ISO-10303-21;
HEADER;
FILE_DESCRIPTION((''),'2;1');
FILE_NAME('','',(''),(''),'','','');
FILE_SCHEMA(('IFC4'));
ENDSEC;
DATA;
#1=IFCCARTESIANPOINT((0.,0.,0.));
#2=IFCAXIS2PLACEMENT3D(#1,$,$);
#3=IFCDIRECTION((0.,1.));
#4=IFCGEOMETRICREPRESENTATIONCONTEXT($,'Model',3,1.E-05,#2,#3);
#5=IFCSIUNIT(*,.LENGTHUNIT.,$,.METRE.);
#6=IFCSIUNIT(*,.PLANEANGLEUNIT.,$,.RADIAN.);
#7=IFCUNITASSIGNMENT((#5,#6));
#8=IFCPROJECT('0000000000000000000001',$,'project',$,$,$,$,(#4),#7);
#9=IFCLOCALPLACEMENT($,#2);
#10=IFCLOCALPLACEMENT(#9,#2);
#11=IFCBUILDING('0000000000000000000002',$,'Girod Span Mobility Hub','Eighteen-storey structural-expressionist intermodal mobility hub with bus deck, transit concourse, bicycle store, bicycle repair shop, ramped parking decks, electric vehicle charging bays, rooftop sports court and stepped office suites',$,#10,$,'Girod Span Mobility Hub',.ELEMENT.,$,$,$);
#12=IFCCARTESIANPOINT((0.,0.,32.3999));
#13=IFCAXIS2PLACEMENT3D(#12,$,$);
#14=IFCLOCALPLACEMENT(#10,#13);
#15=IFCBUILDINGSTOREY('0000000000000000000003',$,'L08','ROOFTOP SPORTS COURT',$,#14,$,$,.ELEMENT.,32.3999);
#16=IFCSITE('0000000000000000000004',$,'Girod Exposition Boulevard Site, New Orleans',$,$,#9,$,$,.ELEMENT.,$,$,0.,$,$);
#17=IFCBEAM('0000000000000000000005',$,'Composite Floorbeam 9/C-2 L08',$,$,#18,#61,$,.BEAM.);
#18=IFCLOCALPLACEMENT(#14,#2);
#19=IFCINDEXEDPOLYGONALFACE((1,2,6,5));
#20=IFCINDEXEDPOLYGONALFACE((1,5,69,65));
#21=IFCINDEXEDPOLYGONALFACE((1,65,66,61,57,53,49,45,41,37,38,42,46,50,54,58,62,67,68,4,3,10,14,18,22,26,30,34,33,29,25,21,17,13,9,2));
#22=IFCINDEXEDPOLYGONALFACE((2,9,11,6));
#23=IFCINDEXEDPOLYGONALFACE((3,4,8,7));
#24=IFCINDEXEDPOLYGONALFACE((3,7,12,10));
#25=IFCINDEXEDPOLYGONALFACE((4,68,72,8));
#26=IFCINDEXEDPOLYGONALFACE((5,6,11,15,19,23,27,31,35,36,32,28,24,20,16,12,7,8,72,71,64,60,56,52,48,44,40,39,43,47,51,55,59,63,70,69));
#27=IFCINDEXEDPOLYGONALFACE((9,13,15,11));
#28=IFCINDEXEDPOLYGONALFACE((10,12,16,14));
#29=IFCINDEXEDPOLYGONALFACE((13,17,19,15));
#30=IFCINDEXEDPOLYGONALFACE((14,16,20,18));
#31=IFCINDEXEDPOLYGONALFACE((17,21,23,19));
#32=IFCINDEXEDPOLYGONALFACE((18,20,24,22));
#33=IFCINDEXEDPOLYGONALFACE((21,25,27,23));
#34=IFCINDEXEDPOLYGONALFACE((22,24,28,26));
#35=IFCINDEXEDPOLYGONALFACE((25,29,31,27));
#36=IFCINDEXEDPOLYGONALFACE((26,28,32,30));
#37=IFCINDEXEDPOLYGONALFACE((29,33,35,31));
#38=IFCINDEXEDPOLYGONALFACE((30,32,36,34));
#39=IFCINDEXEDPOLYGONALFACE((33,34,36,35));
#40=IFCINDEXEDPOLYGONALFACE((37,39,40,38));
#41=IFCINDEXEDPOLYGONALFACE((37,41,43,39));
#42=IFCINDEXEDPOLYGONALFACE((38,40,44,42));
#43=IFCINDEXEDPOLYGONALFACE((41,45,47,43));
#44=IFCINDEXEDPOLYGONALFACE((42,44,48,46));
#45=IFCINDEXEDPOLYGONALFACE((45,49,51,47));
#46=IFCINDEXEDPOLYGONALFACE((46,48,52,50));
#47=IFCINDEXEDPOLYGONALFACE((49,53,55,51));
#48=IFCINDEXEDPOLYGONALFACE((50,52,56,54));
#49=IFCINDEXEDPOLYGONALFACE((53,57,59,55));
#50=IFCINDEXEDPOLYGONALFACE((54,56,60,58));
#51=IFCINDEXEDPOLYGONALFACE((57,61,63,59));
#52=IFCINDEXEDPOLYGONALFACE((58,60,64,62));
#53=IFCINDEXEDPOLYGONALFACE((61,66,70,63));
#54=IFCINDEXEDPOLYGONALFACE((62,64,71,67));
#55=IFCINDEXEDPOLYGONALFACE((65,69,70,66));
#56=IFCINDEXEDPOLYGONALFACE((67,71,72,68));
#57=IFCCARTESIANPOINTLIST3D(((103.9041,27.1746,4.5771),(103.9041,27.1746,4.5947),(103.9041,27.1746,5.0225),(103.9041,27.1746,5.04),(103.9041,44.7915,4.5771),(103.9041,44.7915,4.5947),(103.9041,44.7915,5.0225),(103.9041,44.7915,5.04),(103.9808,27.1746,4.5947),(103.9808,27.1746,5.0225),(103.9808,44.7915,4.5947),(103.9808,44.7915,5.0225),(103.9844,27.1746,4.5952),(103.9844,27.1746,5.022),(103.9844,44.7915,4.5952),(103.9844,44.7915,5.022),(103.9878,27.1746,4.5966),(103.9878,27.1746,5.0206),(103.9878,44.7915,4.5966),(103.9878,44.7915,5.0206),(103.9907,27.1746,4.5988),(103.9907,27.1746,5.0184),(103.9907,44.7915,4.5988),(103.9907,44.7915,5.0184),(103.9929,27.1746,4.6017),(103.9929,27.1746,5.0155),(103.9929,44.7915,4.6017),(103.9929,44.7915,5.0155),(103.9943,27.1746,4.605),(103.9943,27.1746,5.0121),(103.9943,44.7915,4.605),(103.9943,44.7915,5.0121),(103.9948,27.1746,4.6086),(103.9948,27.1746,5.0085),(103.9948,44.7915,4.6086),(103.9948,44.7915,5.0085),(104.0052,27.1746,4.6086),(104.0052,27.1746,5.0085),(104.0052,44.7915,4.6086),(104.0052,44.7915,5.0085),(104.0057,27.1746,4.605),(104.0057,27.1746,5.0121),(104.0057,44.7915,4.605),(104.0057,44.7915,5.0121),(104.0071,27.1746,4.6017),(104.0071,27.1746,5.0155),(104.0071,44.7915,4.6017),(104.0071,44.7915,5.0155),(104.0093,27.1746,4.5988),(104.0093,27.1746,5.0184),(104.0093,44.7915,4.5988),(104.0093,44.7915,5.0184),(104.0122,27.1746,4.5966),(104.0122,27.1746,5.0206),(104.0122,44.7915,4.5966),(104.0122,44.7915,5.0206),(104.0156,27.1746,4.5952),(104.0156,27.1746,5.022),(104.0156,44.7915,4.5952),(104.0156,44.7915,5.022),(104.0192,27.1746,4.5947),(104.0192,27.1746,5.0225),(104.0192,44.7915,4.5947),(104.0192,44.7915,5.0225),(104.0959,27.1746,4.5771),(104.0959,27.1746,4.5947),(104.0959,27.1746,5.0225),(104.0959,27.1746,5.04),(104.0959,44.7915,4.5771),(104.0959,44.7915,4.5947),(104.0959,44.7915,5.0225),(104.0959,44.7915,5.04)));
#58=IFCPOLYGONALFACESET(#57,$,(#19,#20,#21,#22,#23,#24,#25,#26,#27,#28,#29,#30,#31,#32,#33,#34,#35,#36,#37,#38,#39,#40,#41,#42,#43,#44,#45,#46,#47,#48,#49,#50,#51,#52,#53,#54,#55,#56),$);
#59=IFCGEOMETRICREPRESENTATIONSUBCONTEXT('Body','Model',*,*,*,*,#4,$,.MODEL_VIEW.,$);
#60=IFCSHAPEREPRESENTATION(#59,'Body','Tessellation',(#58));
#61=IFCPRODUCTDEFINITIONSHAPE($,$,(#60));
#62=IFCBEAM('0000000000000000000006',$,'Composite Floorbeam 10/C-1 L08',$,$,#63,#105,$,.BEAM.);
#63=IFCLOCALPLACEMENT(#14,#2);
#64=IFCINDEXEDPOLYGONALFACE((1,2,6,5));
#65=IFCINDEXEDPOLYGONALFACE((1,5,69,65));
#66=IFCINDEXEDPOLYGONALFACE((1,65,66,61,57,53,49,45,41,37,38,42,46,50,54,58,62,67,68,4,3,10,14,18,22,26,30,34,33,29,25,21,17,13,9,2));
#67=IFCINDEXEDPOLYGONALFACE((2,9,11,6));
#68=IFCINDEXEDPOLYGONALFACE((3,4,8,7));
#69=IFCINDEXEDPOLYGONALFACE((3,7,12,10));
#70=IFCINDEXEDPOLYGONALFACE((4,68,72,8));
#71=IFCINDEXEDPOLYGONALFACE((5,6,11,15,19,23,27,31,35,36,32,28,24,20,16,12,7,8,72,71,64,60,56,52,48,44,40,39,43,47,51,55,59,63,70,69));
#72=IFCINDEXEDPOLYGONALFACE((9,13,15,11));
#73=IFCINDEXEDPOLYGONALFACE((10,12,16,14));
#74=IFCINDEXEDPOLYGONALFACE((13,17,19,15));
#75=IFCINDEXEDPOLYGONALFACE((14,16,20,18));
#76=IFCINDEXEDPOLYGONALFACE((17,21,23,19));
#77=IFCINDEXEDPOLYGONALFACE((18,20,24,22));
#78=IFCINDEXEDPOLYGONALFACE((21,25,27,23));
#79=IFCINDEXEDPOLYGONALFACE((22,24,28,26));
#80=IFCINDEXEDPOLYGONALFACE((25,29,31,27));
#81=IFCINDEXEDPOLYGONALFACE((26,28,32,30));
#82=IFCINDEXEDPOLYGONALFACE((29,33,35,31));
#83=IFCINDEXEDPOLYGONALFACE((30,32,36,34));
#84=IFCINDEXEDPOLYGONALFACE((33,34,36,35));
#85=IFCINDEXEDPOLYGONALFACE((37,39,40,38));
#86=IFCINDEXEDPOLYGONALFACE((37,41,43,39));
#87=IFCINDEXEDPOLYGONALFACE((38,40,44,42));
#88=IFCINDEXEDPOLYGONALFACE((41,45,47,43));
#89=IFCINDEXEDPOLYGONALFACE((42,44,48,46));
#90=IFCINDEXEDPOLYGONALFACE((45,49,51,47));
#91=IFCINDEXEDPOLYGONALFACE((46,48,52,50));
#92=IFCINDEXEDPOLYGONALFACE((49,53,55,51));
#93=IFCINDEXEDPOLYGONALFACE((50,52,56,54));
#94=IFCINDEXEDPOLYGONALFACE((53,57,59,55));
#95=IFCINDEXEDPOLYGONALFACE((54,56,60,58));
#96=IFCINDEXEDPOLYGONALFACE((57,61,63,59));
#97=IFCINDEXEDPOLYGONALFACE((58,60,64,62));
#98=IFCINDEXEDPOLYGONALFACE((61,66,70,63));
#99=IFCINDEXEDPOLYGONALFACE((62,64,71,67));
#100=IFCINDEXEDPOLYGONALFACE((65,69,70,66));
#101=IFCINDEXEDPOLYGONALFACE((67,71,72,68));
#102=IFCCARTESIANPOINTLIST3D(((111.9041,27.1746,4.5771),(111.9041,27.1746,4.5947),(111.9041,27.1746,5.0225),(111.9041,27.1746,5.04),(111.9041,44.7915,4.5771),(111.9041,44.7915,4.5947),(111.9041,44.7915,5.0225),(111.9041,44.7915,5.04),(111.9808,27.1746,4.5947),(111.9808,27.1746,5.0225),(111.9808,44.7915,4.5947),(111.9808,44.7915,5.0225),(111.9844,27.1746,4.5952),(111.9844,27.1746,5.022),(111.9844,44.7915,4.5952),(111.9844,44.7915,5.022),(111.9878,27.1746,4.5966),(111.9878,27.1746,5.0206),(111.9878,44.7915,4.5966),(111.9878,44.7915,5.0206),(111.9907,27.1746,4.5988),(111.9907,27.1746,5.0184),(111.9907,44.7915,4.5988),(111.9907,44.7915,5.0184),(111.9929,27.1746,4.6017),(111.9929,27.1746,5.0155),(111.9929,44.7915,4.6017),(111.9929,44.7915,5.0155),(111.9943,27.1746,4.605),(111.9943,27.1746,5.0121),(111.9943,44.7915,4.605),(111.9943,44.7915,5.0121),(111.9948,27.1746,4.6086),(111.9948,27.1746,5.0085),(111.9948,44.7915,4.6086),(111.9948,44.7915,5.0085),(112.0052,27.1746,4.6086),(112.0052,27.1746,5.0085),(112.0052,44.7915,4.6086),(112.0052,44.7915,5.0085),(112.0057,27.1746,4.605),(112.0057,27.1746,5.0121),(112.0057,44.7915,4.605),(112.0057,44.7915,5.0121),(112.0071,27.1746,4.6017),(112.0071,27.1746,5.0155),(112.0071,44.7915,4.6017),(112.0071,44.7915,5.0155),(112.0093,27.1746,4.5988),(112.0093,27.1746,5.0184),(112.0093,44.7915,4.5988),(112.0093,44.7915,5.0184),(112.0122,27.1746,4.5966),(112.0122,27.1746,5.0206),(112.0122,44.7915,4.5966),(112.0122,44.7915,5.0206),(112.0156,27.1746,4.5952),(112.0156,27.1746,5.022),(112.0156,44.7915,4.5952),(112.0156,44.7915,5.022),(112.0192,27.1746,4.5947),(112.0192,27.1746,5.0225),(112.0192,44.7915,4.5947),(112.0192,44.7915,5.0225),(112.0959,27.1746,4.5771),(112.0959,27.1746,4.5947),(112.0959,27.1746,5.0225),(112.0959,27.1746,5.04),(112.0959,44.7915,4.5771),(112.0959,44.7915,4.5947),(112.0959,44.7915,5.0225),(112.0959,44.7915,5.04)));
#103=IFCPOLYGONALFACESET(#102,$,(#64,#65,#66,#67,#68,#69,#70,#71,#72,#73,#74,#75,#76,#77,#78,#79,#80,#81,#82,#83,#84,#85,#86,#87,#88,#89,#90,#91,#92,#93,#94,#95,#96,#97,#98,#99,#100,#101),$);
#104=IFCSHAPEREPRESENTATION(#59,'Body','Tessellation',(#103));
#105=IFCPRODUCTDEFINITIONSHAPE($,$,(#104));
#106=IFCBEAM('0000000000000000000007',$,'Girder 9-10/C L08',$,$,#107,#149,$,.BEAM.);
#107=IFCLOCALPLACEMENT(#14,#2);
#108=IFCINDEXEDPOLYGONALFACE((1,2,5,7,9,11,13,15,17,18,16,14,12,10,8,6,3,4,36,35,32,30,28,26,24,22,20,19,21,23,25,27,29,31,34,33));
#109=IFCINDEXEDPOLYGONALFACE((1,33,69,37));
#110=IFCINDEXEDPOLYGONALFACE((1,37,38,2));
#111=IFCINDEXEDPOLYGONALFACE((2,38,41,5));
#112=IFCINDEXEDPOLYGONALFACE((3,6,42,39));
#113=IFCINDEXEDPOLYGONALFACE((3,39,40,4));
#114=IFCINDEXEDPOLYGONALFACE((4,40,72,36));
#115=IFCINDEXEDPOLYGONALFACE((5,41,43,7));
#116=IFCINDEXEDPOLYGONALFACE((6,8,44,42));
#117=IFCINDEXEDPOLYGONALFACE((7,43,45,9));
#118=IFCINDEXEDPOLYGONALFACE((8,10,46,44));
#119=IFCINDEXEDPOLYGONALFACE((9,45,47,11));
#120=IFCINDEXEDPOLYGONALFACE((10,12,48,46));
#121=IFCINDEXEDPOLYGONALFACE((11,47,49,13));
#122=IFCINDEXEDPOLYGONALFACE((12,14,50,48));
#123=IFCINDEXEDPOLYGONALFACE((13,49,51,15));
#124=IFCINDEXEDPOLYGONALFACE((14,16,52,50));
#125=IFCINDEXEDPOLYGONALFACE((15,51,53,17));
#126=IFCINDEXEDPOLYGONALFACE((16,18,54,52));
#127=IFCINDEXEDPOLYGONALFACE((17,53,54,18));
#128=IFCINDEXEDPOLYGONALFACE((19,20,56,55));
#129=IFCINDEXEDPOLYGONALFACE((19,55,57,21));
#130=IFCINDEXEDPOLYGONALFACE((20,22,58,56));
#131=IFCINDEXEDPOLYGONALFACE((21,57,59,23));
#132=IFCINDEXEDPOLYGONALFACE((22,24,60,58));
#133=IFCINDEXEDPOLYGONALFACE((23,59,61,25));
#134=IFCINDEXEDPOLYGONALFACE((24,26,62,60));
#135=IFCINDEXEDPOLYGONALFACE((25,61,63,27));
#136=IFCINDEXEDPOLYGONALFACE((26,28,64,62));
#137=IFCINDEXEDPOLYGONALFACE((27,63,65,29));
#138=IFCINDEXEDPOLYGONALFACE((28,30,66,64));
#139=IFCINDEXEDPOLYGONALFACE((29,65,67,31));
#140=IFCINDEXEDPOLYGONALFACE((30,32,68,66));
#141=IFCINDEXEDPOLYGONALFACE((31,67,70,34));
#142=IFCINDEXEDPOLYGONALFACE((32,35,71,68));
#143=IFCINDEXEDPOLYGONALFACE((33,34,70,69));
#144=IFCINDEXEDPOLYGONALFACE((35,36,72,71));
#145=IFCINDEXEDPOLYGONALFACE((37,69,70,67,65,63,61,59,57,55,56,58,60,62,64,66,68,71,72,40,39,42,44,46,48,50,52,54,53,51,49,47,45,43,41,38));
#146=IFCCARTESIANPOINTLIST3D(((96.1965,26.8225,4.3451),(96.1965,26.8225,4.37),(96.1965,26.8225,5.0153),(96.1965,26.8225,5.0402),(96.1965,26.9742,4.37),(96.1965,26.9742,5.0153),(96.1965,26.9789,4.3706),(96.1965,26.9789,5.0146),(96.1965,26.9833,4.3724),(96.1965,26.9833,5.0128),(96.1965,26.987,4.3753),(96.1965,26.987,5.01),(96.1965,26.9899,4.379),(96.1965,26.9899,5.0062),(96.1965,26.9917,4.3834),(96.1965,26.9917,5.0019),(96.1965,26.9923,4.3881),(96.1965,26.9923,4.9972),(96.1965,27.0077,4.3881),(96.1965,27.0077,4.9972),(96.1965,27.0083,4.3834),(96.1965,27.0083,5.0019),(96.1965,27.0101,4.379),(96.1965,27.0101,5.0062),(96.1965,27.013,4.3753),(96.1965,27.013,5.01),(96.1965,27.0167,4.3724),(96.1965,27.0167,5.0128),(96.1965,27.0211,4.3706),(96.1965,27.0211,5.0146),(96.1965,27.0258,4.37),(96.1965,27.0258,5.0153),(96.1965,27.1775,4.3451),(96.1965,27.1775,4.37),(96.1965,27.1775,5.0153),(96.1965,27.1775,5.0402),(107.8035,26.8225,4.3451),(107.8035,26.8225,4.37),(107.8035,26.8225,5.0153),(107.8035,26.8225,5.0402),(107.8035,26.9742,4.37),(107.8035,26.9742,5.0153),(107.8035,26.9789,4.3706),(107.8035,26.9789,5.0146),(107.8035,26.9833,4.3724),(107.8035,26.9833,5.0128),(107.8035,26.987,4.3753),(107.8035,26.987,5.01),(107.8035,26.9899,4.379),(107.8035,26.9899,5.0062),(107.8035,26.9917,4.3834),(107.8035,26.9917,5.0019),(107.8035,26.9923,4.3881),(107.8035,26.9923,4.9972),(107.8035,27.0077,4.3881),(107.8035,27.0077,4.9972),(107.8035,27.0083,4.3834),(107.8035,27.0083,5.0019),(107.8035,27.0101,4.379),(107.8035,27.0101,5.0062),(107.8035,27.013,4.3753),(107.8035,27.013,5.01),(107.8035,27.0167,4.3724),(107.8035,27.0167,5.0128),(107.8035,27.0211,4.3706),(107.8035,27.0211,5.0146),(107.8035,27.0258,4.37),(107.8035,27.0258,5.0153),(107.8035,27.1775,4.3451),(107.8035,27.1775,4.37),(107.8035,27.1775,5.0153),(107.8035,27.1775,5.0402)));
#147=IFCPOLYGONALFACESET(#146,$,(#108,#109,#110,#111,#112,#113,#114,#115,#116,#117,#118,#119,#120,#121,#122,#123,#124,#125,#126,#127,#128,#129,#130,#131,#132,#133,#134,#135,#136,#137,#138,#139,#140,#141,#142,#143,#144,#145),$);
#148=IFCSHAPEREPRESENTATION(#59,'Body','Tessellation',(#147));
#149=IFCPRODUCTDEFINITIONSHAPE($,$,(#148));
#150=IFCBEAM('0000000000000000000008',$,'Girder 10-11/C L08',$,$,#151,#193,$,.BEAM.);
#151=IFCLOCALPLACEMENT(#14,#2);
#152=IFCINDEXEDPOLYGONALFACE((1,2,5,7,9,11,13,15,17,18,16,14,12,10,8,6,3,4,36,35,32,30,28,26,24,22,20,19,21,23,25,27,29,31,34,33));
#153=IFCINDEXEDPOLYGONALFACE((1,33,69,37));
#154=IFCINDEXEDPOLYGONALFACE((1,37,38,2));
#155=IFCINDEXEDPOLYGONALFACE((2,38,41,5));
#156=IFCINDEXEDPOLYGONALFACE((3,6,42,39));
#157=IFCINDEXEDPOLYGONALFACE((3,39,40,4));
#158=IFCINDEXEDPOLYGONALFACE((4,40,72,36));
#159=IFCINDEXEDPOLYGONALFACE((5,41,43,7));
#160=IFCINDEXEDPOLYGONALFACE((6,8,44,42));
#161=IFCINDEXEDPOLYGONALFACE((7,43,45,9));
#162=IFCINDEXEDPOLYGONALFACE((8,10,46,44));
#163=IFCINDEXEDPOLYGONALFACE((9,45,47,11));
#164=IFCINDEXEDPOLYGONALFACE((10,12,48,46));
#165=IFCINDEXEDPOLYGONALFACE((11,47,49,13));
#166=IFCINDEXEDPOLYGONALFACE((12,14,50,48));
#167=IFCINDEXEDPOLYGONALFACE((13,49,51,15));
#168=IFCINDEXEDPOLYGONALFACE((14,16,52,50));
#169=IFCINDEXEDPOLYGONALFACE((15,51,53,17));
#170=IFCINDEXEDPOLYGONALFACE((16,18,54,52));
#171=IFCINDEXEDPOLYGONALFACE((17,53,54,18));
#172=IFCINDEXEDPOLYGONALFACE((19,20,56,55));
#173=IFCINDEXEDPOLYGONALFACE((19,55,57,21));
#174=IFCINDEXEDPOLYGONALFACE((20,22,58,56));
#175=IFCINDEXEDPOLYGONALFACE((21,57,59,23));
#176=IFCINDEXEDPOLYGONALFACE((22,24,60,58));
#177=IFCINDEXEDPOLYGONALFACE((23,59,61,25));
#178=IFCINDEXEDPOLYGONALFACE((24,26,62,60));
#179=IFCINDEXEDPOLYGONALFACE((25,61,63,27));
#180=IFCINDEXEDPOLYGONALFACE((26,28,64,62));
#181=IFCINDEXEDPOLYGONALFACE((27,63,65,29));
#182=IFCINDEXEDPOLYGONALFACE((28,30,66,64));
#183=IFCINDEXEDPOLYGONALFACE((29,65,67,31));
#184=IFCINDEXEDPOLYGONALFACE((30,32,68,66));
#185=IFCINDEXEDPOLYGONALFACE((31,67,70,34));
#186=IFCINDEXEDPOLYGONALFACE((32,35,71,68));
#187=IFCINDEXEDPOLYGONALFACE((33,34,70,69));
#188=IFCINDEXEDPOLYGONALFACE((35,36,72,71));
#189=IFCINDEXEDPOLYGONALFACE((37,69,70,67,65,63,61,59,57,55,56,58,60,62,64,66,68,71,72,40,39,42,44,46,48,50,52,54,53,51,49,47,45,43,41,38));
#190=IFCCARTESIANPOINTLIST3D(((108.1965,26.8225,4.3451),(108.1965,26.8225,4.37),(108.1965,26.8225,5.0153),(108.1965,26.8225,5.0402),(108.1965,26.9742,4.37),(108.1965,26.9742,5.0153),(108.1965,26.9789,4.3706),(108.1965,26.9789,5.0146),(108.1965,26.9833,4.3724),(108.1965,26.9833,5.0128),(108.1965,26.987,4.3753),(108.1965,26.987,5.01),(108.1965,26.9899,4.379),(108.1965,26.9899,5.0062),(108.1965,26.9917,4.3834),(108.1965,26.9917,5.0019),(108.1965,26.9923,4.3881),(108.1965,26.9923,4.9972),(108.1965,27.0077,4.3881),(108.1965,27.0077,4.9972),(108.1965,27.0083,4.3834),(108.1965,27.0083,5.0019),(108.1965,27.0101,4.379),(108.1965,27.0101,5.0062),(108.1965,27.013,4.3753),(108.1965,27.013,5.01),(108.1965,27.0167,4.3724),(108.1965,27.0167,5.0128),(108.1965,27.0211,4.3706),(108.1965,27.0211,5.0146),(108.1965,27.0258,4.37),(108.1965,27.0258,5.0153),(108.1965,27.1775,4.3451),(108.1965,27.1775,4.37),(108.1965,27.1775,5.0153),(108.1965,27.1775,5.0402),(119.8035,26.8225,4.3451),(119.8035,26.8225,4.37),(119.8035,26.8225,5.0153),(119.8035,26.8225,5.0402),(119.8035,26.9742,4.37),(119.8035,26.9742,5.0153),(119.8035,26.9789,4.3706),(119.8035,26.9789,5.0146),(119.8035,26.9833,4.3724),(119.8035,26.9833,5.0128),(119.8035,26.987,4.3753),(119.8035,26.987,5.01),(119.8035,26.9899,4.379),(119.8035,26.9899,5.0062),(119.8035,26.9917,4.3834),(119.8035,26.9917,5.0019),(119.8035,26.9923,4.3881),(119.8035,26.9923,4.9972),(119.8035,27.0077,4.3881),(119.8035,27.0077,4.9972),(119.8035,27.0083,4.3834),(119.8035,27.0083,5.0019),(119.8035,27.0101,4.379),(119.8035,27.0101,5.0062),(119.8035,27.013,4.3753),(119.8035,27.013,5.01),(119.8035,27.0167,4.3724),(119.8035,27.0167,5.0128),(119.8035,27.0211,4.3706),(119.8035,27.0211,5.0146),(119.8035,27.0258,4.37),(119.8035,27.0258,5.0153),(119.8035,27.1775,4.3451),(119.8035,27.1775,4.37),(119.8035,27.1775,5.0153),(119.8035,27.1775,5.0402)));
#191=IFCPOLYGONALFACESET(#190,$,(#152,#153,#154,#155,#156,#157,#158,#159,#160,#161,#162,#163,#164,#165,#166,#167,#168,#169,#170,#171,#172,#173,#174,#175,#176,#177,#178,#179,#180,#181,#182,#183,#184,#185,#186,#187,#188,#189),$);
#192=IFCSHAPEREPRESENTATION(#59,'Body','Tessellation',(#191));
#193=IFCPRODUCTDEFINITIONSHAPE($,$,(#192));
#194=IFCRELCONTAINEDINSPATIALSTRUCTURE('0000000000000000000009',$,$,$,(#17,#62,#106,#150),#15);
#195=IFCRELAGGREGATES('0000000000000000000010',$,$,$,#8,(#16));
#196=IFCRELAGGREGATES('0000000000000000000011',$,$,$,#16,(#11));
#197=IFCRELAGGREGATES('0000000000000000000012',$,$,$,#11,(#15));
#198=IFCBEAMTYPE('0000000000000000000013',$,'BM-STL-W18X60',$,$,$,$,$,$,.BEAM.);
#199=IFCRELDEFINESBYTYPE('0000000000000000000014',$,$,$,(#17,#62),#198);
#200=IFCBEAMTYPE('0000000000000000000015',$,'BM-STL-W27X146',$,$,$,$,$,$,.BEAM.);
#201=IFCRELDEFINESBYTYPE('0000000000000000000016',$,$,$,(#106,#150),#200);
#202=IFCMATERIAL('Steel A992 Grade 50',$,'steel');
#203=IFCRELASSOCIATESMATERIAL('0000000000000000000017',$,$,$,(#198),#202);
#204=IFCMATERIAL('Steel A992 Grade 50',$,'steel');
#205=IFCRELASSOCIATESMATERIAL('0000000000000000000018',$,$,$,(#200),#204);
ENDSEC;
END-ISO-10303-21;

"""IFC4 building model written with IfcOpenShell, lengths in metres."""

from ifc_helpers import new_model, si_unit, direction, frame, origin, origin_2d, place, context, subcontext, project, spatial, i_section, extrude, material, material_profile, profile_set, type_object, element, save


model = new_model("IFC4")

# Units and contexts
model_context = context("Model", 3, precision=1e-05, world=origin(), true_north=direction((0.0, 1.0)))
body_context = subcontext(model_context, "Body", "Model", "MODEL_VIEW")
ifc_project = project(units=[si_unit("LENGTHUNIT", "METRE"), si_unit("PLANEANGLEUNIT", "RADIAN")], contexts=[model_context])

# Site, building, storey
site_placement = place(None, origin())
site = spatial("IfcSite", under=ifc_project, at=site_placement, Name="Girod Exposition Boulevard Site, New Orleans", CompositionType="ELEMENT", RefElevation=0.0)
building_placement = place(site_placement, origin())
building = spatial("IfcBuilding", under=site, at=building_placement, Name="Girod Span Mobility Hub", Description="Eighteen-storey structural-expressionist intermodal mobility hub with bus deck, transit concourse, bicycle store, bicycle repair shop, ramped parking decks, electric vehicle charging bays, rooftop sports court and stepped office suites", LongName="Girod Span Mobility Hub", CompositionType="ELEMENT")
storey_placement = place(building_placement, frame((0.0, 0.0, 32.3999)))
storey = spatial("IfcBuildingStorey", under=building, at=storey_placement, Name="L08", Description="ROOFTOP SPORTS COURT", CompositionType="ELEMENT", Elevation=32.3999)

# Beams
ifc_material_1 = material(Name="Steel A992 Grade 50", Category="steel")
ifc_material_profile_1 = material_profile(ifc_material_1, i_section(OverallWidth=0.1919, OverallDepth=0.4629, WebThickness=0.0105, FlangeThickness=0.0176, FilletRadius=0.0139, at=origin_2d()), Name="W18X60")
ifc_profile_set_1 = profile_set([ifc_material_profile_1], Name="Steel A992 Grade 50")
beam_type_1 = type_object("IfcBeamType", Name="BM-STL-W18X60", PredefinedType="BEAM", material=ifc_profile_set_1)
for number, where, z_axis, x_axis, name in (
    (1, (104.0, 27.1746, 4.8086), (0.0, 1.0, 0.0), (-1.0, 0.0, 0.0), "Composite Floorbeam 9/C-2 L08"),
    (2, (112.0, 27.1746, 4.8086), (0.0, 1.0, 0.0), (-1.0, 0.0, 0.0), "Composite Floorbeam 10/C-1 L08"),
):
    element("IfcBeam", number, at=place(storey_placement, frame(where, z_axis=z_axis, x_axis=x_axis)), inside=storey, type_object=beam_type_1, Name=name, PredefinedType="BEAM", context=body_context, shape_type="SweptSolid", body=[
        extrude(i_section(OverallWidth=0.1919, OverallDepth=0.4629, WebThickness=0.0105, FlangeThickness=0.0176, FilletRadius=0.0139, at=origin_2d()), origin(), (0.0, 0.0, 1.0), 17.6169),
    ])
ifc_material_2 = material(Name="Steel A992 Grade 50", Category="steel")
ifc_material_profile_2 = material_profile(ifc_material_2, i_section(OverallWidth=0.355, OverallDepth=0.6951, WebThickness=0.0154, FlangeThickness=0.0249, FilletRadius=0.0181, at=origin_2d()), Name="W27X146")
ifc_profile_set_2 = profile_set([ifc_material_profile_2], Name="Steel A992 Grade 50")
beam_type_2 = type_object("IfcBeamType", Name="BM-STL-W27X146", PredefinedType="BEAM", material=ifc_profile_set_2)
for number, where, z_axis, x_axis, name in (
    (3, (96.1965, 27.0, 4.6926), (1.0, 0.0, 0.0), (0.0, 1.0, 0.0), "Girder 9-10/C L08"),
    (4, (108.1965, 27.0, 4.6926), (1.0, 0.0, 0.0), (0.0, 1.0, 0.0), "Girder 10-11/C L08"),
):
    element("IfcBeam", number, at=place(storey_placement, frame(where, z_axis=z_axis, x_axis=x_axis)), inside=storey, type_object=beam_type_2, Name=name, PredefinedType="BEAM", context=body_context, shape_type="SweptSolid", body=[
        extrude(i_section(OverallWidth=0.355, OverallDepth=0.6951, WebThickness=0.0154, FlangeThickness=0.0249, FilletRadius=0.0181, at=origin_2d()), origin(), (0.0, 0.0, 1.0), 11.6069),
    ])

save(model, "model.ifc")
